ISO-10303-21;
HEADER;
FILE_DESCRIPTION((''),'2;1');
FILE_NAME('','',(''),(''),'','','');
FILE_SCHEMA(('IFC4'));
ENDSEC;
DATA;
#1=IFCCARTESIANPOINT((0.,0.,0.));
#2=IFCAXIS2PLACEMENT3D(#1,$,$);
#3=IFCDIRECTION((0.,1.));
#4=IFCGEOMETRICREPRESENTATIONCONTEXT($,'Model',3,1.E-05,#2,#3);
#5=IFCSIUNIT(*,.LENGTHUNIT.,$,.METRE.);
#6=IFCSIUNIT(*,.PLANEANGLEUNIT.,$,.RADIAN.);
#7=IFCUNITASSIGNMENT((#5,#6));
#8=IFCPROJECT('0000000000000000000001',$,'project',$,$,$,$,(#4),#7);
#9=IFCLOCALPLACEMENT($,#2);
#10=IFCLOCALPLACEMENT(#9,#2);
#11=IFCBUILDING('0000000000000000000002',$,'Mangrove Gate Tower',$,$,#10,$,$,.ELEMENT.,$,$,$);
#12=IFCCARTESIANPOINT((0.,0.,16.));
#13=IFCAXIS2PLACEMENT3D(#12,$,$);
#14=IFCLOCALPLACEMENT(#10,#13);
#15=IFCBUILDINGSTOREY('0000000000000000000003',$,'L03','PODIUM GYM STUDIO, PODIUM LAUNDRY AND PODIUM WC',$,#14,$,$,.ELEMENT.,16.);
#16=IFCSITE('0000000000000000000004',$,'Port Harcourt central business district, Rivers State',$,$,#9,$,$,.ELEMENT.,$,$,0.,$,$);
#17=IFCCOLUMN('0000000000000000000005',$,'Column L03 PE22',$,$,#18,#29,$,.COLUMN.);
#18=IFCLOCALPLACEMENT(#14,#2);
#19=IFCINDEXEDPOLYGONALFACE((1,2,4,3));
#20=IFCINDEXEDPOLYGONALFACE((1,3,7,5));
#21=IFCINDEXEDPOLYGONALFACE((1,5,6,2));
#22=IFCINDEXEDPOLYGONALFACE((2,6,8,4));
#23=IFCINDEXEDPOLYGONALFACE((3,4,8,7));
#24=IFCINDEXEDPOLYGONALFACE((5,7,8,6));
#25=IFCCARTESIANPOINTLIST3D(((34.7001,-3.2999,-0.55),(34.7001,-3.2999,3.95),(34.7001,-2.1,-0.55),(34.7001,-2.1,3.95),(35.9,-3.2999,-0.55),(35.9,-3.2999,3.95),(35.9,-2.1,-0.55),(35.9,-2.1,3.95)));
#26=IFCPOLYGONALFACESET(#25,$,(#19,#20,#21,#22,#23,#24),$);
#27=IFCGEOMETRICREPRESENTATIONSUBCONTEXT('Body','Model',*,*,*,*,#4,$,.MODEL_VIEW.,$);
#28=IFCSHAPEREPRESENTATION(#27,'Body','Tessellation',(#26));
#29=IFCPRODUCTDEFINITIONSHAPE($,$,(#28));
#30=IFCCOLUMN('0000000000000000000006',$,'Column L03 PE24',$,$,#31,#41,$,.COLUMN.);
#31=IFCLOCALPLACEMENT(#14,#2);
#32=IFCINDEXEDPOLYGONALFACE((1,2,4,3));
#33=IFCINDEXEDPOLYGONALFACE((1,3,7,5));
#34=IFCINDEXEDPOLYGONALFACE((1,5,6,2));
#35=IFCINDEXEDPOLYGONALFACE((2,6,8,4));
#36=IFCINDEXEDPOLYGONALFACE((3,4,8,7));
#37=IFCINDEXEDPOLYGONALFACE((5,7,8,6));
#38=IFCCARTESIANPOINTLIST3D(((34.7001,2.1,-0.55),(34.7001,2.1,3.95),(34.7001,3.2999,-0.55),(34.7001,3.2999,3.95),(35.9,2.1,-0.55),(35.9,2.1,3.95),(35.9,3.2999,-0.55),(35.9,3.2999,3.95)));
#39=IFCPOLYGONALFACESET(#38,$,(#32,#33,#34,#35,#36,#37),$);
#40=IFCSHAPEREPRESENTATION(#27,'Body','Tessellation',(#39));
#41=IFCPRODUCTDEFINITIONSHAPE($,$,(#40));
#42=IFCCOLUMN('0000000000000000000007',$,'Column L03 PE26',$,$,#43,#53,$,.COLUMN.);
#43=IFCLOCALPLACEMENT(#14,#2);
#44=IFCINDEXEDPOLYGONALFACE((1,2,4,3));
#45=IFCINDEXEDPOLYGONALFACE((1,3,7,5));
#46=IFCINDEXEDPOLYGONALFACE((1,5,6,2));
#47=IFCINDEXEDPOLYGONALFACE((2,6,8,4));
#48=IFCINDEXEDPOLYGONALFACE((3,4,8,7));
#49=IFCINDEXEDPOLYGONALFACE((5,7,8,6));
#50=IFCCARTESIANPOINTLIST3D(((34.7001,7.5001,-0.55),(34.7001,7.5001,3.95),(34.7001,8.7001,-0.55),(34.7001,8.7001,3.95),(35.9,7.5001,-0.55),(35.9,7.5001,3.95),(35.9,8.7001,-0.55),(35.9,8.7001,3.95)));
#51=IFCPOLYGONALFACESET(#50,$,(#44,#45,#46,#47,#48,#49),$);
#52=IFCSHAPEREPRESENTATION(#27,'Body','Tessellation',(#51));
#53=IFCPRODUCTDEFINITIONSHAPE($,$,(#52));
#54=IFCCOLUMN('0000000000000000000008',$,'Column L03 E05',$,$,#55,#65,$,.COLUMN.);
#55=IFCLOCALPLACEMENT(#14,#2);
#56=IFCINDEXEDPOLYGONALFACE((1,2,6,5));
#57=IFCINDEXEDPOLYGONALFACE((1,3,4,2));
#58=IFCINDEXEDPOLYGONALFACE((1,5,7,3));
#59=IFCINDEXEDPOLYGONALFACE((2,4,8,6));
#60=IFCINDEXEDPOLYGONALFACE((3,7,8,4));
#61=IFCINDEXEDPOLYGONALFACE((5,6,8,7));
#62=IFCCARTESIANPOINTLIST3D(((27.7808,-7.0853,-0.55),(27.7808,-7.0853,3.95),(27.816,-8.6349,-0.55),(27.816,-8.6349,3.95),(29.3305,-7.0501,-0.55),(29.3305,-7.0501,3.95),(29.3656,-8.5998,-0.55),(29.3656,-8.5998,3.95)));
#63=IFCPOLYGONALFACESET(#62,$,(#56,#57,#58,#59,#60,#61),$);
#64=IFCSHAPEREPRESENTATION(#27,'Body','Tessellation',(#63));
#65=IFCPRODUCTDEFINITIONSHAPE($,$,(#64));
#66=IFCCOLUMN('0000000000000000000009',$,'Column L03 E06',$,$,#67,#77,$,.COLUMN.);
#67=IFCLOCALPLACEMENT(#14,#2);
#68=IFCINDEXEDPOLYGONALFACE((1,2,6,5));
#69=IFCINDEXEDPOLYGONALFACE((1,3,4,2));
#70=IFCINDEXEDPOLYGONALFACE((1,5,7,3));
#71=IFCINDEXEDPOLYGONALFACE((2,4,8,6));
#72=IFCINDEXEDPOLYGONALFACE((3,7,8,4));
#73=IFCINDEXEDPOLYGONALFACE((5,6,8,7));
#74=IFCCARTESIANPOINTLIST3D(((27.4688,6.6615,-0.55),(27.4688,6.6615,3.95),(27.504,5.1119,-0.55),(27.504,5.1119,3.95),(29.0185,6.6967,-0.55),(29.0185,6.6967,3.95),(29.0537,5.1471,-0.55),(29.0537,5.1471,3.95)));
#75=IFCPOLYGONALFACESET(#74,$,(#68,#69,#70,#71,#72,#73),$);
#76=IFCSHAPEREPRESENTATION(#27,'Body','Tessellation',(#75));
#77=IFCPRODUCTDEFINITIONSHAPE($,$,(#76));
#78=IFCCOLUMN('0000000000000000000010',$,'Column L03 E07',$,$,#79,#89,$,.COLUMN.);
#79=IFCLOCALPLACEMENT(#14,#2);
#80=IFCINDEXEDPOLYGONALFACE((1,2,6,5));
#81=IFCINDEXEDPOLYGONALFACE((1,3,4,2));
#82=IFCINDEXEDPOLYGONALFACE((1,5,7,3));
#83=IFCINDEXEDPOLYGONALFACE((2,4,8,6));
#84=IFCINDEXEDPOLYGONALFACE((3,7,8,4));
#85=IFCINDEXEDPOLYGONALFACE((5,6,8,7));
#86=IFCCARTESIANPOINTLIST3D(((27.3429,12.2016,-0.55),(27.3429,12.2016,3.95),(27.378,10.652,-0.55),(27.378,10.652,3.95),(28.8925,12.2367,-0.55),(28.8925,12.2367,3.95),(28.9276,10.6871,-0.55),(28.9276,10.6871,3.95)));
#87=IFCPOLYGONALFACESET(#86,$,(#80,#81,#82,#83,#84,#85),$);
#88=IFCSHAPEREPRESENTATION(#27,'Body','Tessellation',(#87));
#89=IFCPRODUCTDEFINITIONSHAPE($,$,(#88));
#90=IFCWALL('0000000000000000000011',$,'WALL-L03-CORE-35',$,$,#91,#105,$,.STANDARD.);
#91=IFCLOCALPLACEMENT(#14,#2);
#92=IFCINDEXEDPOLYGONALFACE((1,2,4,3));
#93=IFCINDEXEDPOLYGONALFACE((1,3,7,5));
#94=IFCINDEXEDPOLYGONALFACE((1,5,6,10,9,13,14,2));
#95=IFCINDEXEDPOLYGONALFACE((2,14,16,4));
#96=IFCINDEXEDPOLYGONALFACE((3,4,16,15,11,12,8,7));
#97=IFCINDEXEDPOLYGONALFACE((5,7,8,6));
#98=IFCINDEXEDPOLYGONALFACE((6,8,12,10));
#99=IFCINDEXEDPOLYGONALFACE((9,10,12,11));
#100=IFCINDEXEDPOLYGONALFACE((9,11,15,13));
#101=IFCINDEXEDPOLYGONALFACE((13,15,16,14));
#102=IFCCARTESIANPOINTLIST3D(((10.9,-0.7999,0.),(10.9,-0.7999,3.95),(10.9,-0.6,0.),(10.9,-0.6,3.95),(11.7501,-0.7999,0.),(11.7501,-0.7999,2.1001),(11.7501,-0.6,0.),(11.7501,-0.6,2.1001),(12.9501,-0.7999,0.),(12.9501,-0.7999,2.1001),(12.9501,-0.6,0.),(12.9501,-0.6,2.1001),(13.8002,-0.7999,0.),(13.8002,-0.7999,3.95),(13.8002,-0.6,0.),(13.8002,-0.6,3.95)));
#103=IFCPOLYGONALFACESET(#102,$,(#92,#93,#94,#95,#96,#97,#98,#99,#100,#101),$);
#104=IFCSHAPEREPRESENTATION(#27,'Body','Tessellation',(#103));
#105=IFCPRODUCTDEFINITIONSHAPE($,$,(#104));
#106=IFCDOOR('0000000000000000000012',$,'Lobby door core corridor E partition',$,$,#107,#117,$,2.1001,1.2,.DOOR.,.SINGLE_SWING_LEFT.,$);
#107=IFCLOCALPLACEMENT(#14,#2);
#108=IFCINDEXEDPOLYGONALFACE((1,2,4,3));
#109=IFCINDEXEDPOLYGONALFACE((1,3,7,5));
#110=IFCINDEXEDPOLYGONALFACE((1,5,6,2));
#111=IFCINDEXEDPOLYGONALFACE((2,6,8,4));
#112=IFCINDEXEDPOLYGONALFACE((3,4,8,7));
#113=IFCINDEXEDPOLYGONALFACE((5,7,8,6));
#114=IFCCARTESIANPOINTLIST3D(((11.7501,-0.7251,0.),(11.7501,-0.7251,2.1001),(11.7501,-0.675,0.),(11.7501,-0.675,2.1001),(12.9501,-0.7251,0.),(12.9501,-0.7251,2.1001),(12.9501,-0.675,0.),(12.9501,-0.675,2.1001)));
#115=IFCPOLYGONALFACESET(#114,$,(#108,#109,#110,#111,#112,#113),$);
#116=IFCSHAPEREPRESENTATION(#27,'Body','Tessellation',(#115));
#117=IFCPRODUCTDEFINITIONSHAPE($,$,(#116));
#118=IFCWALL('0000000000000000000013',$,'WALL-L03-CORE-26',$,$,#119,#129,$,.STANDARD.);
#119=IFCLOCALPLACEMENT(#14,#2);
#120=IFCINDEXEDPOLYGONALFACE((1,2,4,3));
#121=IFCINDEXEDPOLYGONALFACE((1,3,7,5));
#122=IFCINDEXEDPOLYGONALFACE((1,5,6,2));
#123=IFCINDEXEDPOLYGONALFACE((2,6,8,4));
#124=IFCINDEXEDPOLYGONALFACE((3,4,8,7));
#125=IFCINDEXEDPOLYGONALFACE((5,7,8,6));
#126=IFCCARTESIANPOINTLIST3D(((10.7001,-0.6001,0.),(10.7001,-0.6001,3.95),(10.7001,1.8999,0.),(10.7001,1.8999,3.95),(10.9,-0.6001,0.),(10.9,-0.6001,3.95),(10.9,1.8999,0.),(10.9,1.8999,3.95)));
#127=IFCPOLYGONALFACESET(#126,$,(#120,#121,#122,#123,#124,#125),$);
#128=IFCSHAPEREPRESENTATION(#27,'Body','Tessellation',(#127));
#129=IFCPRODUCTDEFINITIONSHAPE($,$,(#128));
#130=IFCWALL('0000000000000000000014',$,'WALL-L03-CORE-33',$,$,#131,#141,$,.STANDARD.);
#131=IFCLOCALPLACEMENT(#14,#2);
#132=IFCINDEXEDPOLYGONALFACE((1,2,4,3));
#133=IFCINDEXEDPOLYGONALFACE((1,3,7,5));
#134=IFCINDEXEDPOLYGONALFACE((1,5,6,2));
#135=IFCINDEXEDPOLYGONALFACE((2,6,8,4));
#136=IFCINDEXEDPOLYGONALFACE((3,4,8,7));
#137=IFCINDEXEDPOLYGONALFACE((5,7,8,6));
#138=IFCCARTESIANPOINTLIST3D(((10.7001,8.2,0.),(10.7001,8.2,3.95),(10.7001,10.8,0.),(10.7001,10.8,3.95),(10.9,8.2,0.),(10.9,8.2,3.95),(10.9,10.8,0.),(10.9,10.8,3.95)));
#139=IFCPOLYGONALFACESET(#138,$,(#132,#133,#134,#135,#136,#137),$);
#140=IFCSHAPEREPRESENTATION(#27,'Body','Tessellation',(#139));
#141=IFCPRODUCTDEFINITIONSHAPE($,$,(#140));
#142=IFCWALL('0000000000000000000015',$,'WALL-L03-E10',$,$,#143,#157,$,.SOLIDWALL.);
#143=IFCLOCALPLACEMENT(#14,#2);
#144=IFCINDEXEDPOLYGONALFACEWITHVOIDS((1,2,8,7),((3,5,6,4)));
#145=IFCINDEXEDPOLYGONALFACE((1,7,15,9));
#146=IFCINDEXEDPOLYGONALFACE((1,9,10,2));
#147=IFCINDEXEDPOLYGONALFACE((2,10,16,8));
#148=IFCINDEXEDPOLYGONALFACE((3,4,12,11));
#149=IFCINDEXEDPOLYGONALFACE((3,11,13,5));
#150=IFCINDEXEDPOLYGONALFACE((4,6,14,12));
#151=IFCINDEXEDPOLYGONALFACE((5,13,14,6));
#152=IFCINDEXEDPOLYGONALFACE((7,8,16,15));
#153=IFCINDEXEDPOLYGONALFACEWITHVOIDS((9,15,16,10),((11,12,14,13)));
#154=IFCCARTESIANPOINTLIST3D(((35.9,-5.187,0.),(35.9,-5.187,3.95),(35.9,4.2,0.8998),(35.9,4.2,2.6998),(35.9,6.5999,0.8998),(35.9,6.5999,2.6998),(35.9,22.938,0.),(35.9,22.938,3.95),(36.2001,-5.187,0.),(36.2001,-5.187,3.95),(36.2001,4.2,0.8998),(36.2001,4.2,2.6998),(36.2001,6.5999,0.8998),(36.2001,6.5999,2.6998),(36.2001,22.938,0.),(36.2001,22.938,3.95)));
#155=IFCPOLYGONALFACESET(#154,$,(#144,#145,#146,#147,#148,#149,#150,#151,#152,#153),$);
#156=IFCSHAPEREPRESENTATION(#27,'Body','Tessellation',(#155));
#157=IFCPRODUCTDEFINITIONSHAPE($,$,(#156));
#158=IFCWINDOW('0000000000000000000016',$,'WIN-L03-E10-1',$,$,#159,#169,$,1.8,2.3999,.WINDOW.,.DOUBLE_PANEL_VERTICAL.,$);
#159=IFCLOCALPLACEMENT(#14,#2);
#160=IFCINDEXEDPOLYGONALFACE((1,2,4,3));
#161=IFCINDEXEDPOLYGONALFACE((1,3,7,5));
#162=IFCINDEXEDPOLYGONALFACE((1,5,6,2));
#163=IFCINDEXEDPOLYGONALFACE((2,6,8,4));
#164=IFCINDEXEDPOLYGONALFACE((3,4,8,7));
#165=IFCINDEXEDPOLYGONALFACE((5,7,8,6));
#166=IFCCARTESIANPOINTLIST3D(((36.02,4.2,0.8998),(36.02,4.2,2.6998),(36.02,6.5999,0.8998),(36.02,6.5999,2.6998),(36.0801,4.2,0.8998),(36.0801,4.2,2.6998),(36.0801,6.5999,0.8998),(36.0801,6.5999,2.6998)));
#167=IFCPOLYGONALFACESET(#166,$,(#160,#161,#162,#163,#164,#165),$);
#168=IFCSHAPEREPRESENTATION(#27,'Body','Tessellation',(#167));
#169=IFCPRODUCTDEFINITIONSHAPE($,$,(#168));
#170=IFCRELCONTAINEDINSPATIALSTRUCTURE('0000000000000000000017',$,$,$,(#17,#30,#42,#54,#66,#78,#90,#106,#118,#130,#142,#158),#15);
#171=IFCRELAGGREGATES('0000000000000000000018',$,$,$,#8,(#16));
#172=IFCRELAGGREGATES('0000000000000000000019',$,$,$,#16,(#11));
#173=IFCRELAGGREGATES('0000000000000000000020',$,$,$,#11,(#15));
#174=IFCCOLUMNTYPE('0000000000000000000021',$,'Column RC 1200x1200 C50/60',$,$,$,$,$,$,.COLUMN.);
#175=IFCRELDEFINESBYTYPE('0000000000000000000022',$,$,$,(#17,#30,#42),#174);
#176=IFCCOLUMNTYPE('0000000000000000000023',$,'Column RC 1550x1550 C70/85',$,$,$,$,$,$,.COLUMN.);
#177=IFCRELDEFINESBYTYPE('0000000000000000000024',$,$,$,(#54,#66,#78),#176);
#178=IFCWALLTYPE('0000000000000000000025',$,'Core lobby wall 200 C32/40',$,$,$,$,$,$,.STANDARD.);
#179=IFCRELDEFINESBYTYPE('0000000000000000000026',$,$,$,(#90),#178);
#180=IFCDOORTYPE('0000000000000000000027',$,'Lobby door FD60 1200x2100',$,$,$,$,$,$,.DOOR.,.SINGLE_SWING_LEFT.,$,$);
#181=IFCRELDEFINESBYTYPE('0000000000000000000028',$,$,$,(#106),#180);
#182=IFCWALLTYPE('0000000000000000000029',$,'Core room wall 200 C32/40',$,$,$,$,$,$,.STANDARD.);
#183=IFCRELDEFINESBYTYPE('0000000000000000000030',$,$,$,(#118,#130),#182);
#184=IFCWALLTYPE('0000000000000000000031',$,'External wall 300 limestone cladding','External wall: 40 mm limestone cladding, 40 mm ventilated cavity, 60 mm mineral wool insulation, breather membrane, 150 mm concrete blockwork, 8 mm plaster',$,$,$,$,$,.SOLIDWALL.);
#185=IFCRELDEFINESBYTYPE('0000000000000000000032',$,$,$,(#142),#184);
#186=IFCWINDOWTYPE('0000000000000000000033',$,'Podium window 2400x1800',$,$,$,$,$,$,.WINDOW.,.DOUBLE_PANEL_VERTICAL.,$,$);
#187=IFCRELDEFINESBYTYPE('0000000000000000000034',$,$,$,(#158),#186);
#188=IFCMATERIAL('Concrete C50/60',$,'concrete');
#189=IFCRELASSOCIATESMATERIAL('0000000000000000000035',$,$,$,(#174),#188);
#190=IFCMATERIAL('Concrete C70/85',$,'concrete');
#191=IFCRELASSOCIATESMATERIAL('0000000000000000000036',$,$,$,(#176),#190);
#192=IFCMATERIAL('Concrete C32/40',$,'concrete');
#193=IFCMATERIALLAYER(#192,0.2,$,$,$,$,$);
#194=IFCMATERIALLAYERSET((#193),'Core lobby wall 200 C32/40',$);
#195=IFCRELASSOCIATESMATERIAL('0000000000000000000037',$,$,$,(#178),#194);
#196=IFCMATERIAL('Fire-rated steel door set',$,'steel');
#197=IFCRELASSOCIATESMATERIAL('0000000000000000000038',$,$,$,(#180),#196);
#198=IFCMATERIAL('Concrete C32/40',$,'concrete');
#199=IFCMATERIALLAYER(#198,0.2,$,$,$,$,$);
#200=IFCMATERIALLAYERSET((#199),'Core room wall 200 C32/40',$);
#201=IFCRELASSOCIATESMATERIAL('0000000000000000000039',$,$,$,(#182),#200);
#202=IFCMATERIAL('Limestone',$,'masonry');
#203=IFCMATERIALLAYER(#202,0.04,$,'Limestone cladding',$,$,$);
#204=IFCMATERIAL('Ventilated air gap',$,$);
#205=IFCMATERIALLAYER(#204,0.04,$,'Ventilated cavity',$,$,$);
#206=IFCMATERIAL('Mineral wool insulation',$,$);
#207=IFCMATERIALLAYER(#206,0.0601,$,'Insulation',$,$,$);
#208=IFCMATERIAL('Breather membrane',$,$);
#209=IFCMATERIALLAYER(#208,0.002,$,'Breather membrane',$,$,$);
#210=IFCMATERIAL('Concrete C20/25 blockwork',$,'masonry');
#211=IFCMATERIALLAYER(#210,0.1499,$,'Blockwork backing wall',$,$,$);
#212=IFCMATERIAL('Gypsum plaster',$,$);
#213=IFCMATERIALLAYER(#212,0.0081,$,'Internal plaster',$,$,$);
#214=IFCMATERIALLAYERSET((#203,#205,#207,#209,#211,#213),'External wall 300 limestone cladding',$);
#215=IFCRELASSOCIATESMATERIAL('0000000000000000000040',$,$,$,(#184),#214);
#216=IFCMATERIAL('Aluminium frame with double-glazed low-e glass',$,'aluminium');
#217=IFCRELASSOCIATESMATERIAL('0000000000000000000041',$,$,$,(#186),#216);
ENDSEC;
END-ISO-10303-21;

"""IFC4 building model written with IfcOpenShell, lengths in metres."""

from ifc_helpers import new_model, si_unit, direction, frame, frame_2d, origin, origin_2d, place, context, subcontext, project, spatial, rectangle, extrude, material, layer, layer_set, material_profile, profile_set, type_object, element, fill, save


model = new_model("IFC4")

# Units and contexts
model_context = context("Model", 3, precision=1e-05, world=origin(), true_north=direction((0.0, 1.0)))
body_context = subcontext(model_context, "Body", "Model", "MODEL_VIEW")
ifc_project = project(units=[si_unit("LENGTHUNIT", "METRE"), si_unit("PLANEANGLEUNIT", "RADIAN")], contexts=[model_context])

# Site, building, storey
site_placement = place(None, origin())
site = spatial("IfcSite", under=ifc_project, at=site_placement, Name="Port Harcourt central business district, Rivers State", CompositionType="ELEMENT", RefElevation=0.0)
building_placement = place(site_placement, origin())
building = spatial("IfcBuilding", under=site, at=building_placement, Name="Mangrove Gate Tower", CompositionType="ELEMENT")
storey_placement = place(building_placement, frame((0.0, 0.0, 16.0)))
storey = spatial("IfcBuildingStorey", under=building, at=storey_placement, Name="L03", Description="PODIUM GYM STUDIO, PODIUM LAUNDRY AND PODIUM WC", CompositionType="ELEMENT", Elevation=16.0)

# Columns
ifc_material_1 = material(Name="Concrete C50/60", Category="concrete")
ifc_material_profile_1 = material_profile(ifc_material_1, rectangle(XDim=1.2, YDim=1.2, at=origin_2d()))
ifc_profile_set_1 = profile_set([ifc_material_profile_1], Name="Concrete C50/60")
column_type_1 = type_object("IfcColumnType", Name="Column RC 1200x1200 C50/60", PredefinedType="COLUMN", material=ifc_profile_set_1)
for number, where, z_axis, x_axis, name in (
    (1, (35.3, -2.7, -0.55), (0.0, 0.0, 1.0), (1.0, 0.0, 0.0), "Column L03 PE22"),
    (2, (35.3, 2.7, -0.55), (0.0, 0.0, 1.0), (1.0, 0.0, 0.0), "Column L03 PE24"),
    (3, (35.3, 8.1001, -0.55), (0.0, 0.0, 1.0), (1.0, 0.0, 0.0), "Column L03 PE26"),
):
    element("IfcColumn", number, at=place(storey_placement, frame(where, z_axis=z_axis, x_axis=x_axis)), inside=storey, type_object=column_type_1, Name=name, PredefinedType="COLUMN", context=body_context, shape_type="SweptSolid", body=[
        extrude(rectangle(XDim=1.2, YDim=1.2, at=origin_2d()), origin(), (0.0, 0.0, 1.0), 4.5),
    ])
ifc_material_2 = material(Name="Concrete C70/85", Category="concrete")
ifc_material_profile_2 = material_profile(ifc_material_2, rectangle(XDim=1.55, YDim=1.55, at=origin_2d()))
ifc_profile_set_2 = profile_set([ifc_material_profile_2], Name="Concrete C70/85")
column_type_2 = type_object("IfcColumnType", Name="Column RC 1550x1550 C70/85", PredefinedType="COLUMN", material=ifc_profile_set_2)
for number, where, z_axis, x_axis, name in (
    (4, (28.5732, -7.8425, -0.55), (0.0, 0.0, 1.0), (-0.022681, 0.999743, 0.0), "Column L03 E05"),
    (5, (28.2612, 5.9043, -0.55), (0.0, 0.0, 1.0), (-0.022704, 0.999742, 0.0), "Column L03 E06"),
    (6, (28.1353, 11.4443, -0.55), (0.0, 0.0, 1.0), (-0.022646, 0.999744, 0.0), "Column L03 E07"),
):
    element("IfcColumn", number, at=place(storey_placement, frame(where, z_axis=z_axis, x_axis=x_axis)), inside=storey, type_object=column_type_2, Name=name, PredefinedType="COLUMN", context=body_context, shape_type="SweptSolid", body=[
        extrude(rectangle(XDim=1.55, YDim=1.55, at=origin_2d()), origin(), (0.0, 0.0, 1.0), 4.5),
    ])

# Wall, opening, door
ifc_material_3 = material(Name="Concrete C32/40", Category="concrete")
ifc_layer_1 = layer(ifc_material_3, 0.2)
ifc_layer_set_1 = layer_set([ifc_layer_1], Name="Core lobby wall 200 C32/40")
wall_type_1 = type_object("IfcWallType", Name="Core lobby wall 200 C32/40", PredefinedType="STANDARD", material=ifc_layer_set_1)
wall_1_placement = place(storey_placement, frame((10.8999, -0.7, 0.0), z_axis=(0.0, 0.0, 1.0), x_axis=(1.0, 0.0, 0.0)))
wall_1 = element("IfcWall", 7, at=wall_1_placement, inside=storey, type_object=wall_type_1, Name="WALL-L03-CORE-35", PredefinedType="STANDARD", context=body_context, shape_type="SweptSolid", body=[
    extrude(rectangle(XDim=2.9001, YDim=0.2, at=frame_2d((1.4502, 0.0))), origin(), (0.0, 0.0, 1.0), 3.95),
])
opening_1_placement = place(wall_1_placement, frame((0.8501, 0.0, 0.0)))
opening_1 = element("IfcOpeningElement", 8, at=opening_1_placement, cuts=wall_1, PredefinedType="OPENING", context=body_context, shape_type="SweptSolid", body=[
    extrude(rectangle(XDim=1.2, YDim=2.1001, at=frame_2d((0.6001, 1.05))), frame((0.0, 0.1099, 0.0), z_axis=(0.0, -1.0, 0.0), x_axis=(1.0, 0.0, 0.0)), (0.0, 0.0, 1.0), 0.22),
])
ifc_material_4 = material(Name="Fire-rated steel door set", Category="steel")
door_type = type_object("IfcDoorType", Name="Lobby door FD60 1200x2100", OperationType="SINGLE_SWING_LEFT", PredefinedType="DOOR", material=ifc_material_4)
door_placement = place(opening_1_placement, origin())
door = element("IfcDoor", 9, at=door_placement, inside=storey, type_object=door_type, Name="Lobby door core corridor E partition", OperationType="SINGLE_SWING_LEFT", OverallHeight=2.1001, OverallWidth=1.2, PredefinedType="DOOR", context=body_context, shape_type="SweptSolid", body=[
    extrude(rectangle(XDim=1.2, YDim=2.1001, at=frame_2d((0.6001, 1.05))), frame((0.0, 0.0249, 0.0), z_axis=(0.0, -1.0, 0.0), x_axis=(1.0, 0.0, 0.0)), (0.0, 0.0, 1.0), 0.05),
])
fill(opening_1, door)

# Walls
ifc_material_5 = material(Name="Concrete C32/40", Category="concrete")
ifc_layer_2 = layer(ifc_material_5, 0.2)
ifc_layer_set_2 = layer_set([ifc_layer_2], Name="Core room wall 200 C32/40")
wall_type_2 = type_object("IfcWallType", Name="Core room wall 200 C32/40", PredefinedType="STANDARD", material=ifc_layer_set_2)
wall_2_placement = place(storey_placement, frame((10.8, -0.6001, 0.0), z_axis=(0.0, 0.0, 1.0), x_axis=(0.0, 1.0, 0.0)))
element("IfcWall", 10, at=wall_2_placement, inside=storey, type_object=wall_type_2, Name="WALL-L03-CORE-26", PredefinedType="STANDARD", context=body_context, shape_type="SweptSolid", body=[
    extrude(rectangle(XDim=2.5, YDim=0.2, at=frame_2d((1.25, 0.0))), origin(), (0.0, 0.0, 1.0), 3.95),
])
wall_3_placement = place(storey_placement, frame((10.8, 8.2, 0.0), z_axis=(0.0, 0.0, 1.0), x_axis=(0.0, 1.0, 0.0)))
element("IfcWall", 11, at=wall_3_placement, inside=storey, type_object=wall_type_2, Name="WALL-L03-CORE-33", PredefinedType="STANDARD", context=body_context, shape_type="SweptSolid", body=[
    extrude(rectangle(XDim=2.6001, YDim=0.2, at=frame_2d((1.3, 0.0))), origin(), (0.0, 0.0, 1.0), 3.95),
])

# Wall, opening, window
ifc_material_6 = material(Name="Limestone", Category="masonry")
ifc_layer_3 = layer(ifc_material_6, 0.04, Name="Limestone cladding")
ifc_material_7 = material(Name="Ventilated air gap")
ifc_layer_4 = layer(ifc_material_7, 0.04, Name="Ventilated cavity")
ifc_material_8 = material(Name="Mineral wool insulation")
ifc_layer_5 = layer(ifc_material_8, 0.0601, Name="Insulation")
ifc_material_9 = material(Name="Breather membrane")
ifc_layer_6 = layer(ifc_material_9, 0.002, Name="Breather membrane")
ifc_material_10 = material(Name="Concrete C20/25 blockwork", Category="masonry")
ifc_layer_7 = layer(ifc_material_10, 0.1499, Name="Blockwork backing wall")
ifc_material_11 = material(Name="Gypsum plaster")
ifc_layer_8 = layer(ifc_material_11, 0.0081, Name="Internal plaster")
ifc_layer_set_3 = layer_set([ifc_layer_3, ifc_layer_4, ifc_layer_5, ifc_layer_6, ifc_layer_7, ifc_layer_8], Name="External wall 300 limestone cladding")
wall_type_3 = type_object("IfcWallType", Name="External wall 300 limestone cladding", Description="External wall: 40 mm limestone cladding, 40 mm ventilated cavity, 60 mm mineral wool insulation, breather membrane, 150 mm concrete blockwork, 8 mm plaster", PredefinedType="SOLIDWALL", material=ifc_layer_set_3)
wall_4_placement = place(storey_placement, frame((36.05, -5.187, 0.0), z_axis=(0.0, 0.0, 1.0), x_axis=(0.0, 1.0, 0.0)))
wall_4 = element("IfcWall", 12, at=wall_4_placement, inside=storey, type_object=wall_type_3, Name="WALL-L03-E10", PredefinedType="SOLIDWALL", context=body_context, shape_type="SweptSolid", body=[
    extrude(rectangle(XDim=28.125, YDim=0.3, at=frame_2d((14.0625, 0.0))), origin(), (0.0, 0.0, 1.0), 3.95),
])
opening_2_placement = place(wall_4_placement, frame((9.387, 0.0, 0.8999)))
opening_2 = element("IfcOpeningElement", 13, at=opening_2_placement, cuts=wall_4, PredefinedType="OPENING", context=body_context, shape_type="SweptSolid", body=[
    extrude(rectangle(XDim=2.3999, YDim=1.8, at=frame_2d((1.2, 0.8999))), frame((0.0, 0.1599, 0.0), z_axis=(0.0, -1.0, 0.0), x_axis=(1.0, 0.0, 0.0)), (0.0, 0.0, 1.0), 0.3201),
])
ifc_material_12 = material(Name="Aluminium frame with double-glazed low-e glass", Category="aluminium")
window_type = type_object("IfcWindowType", Name="Podium window 2400x1800", PartitioningType="DOUBLE_PANEL_VERTICAL", PredefinedType="WINDOW", material=ifc_material_12)
window_placement = place(opening_2_placement, origin())
window = element("IfcWindow", 14, at=window_placement, inside=storey, type_object=window_type, Name="WIN-L03-E10-1", OverallHeight=1.8, OverallWidth=2.3999, PartitioningType="DOUBLE_PANEL_VERTICAL", PredefinedType="WINDOW", context=body_context, shape_type="SweptSolid", body=[
    extrude(rectangle(XDim=2.3999, YDim=1.8, at=frame_2d((1.2, 0.8999))), frame((0.0, 0.03, 0.0), z_axis=(0.0, -1.0, 0.0), x_axis=(1.0, 0.0, 0.0)), (0.0, 0.0, 1.0), 0.0601),
])
fill(opening_2, window)

save(model, "model.ifc")
